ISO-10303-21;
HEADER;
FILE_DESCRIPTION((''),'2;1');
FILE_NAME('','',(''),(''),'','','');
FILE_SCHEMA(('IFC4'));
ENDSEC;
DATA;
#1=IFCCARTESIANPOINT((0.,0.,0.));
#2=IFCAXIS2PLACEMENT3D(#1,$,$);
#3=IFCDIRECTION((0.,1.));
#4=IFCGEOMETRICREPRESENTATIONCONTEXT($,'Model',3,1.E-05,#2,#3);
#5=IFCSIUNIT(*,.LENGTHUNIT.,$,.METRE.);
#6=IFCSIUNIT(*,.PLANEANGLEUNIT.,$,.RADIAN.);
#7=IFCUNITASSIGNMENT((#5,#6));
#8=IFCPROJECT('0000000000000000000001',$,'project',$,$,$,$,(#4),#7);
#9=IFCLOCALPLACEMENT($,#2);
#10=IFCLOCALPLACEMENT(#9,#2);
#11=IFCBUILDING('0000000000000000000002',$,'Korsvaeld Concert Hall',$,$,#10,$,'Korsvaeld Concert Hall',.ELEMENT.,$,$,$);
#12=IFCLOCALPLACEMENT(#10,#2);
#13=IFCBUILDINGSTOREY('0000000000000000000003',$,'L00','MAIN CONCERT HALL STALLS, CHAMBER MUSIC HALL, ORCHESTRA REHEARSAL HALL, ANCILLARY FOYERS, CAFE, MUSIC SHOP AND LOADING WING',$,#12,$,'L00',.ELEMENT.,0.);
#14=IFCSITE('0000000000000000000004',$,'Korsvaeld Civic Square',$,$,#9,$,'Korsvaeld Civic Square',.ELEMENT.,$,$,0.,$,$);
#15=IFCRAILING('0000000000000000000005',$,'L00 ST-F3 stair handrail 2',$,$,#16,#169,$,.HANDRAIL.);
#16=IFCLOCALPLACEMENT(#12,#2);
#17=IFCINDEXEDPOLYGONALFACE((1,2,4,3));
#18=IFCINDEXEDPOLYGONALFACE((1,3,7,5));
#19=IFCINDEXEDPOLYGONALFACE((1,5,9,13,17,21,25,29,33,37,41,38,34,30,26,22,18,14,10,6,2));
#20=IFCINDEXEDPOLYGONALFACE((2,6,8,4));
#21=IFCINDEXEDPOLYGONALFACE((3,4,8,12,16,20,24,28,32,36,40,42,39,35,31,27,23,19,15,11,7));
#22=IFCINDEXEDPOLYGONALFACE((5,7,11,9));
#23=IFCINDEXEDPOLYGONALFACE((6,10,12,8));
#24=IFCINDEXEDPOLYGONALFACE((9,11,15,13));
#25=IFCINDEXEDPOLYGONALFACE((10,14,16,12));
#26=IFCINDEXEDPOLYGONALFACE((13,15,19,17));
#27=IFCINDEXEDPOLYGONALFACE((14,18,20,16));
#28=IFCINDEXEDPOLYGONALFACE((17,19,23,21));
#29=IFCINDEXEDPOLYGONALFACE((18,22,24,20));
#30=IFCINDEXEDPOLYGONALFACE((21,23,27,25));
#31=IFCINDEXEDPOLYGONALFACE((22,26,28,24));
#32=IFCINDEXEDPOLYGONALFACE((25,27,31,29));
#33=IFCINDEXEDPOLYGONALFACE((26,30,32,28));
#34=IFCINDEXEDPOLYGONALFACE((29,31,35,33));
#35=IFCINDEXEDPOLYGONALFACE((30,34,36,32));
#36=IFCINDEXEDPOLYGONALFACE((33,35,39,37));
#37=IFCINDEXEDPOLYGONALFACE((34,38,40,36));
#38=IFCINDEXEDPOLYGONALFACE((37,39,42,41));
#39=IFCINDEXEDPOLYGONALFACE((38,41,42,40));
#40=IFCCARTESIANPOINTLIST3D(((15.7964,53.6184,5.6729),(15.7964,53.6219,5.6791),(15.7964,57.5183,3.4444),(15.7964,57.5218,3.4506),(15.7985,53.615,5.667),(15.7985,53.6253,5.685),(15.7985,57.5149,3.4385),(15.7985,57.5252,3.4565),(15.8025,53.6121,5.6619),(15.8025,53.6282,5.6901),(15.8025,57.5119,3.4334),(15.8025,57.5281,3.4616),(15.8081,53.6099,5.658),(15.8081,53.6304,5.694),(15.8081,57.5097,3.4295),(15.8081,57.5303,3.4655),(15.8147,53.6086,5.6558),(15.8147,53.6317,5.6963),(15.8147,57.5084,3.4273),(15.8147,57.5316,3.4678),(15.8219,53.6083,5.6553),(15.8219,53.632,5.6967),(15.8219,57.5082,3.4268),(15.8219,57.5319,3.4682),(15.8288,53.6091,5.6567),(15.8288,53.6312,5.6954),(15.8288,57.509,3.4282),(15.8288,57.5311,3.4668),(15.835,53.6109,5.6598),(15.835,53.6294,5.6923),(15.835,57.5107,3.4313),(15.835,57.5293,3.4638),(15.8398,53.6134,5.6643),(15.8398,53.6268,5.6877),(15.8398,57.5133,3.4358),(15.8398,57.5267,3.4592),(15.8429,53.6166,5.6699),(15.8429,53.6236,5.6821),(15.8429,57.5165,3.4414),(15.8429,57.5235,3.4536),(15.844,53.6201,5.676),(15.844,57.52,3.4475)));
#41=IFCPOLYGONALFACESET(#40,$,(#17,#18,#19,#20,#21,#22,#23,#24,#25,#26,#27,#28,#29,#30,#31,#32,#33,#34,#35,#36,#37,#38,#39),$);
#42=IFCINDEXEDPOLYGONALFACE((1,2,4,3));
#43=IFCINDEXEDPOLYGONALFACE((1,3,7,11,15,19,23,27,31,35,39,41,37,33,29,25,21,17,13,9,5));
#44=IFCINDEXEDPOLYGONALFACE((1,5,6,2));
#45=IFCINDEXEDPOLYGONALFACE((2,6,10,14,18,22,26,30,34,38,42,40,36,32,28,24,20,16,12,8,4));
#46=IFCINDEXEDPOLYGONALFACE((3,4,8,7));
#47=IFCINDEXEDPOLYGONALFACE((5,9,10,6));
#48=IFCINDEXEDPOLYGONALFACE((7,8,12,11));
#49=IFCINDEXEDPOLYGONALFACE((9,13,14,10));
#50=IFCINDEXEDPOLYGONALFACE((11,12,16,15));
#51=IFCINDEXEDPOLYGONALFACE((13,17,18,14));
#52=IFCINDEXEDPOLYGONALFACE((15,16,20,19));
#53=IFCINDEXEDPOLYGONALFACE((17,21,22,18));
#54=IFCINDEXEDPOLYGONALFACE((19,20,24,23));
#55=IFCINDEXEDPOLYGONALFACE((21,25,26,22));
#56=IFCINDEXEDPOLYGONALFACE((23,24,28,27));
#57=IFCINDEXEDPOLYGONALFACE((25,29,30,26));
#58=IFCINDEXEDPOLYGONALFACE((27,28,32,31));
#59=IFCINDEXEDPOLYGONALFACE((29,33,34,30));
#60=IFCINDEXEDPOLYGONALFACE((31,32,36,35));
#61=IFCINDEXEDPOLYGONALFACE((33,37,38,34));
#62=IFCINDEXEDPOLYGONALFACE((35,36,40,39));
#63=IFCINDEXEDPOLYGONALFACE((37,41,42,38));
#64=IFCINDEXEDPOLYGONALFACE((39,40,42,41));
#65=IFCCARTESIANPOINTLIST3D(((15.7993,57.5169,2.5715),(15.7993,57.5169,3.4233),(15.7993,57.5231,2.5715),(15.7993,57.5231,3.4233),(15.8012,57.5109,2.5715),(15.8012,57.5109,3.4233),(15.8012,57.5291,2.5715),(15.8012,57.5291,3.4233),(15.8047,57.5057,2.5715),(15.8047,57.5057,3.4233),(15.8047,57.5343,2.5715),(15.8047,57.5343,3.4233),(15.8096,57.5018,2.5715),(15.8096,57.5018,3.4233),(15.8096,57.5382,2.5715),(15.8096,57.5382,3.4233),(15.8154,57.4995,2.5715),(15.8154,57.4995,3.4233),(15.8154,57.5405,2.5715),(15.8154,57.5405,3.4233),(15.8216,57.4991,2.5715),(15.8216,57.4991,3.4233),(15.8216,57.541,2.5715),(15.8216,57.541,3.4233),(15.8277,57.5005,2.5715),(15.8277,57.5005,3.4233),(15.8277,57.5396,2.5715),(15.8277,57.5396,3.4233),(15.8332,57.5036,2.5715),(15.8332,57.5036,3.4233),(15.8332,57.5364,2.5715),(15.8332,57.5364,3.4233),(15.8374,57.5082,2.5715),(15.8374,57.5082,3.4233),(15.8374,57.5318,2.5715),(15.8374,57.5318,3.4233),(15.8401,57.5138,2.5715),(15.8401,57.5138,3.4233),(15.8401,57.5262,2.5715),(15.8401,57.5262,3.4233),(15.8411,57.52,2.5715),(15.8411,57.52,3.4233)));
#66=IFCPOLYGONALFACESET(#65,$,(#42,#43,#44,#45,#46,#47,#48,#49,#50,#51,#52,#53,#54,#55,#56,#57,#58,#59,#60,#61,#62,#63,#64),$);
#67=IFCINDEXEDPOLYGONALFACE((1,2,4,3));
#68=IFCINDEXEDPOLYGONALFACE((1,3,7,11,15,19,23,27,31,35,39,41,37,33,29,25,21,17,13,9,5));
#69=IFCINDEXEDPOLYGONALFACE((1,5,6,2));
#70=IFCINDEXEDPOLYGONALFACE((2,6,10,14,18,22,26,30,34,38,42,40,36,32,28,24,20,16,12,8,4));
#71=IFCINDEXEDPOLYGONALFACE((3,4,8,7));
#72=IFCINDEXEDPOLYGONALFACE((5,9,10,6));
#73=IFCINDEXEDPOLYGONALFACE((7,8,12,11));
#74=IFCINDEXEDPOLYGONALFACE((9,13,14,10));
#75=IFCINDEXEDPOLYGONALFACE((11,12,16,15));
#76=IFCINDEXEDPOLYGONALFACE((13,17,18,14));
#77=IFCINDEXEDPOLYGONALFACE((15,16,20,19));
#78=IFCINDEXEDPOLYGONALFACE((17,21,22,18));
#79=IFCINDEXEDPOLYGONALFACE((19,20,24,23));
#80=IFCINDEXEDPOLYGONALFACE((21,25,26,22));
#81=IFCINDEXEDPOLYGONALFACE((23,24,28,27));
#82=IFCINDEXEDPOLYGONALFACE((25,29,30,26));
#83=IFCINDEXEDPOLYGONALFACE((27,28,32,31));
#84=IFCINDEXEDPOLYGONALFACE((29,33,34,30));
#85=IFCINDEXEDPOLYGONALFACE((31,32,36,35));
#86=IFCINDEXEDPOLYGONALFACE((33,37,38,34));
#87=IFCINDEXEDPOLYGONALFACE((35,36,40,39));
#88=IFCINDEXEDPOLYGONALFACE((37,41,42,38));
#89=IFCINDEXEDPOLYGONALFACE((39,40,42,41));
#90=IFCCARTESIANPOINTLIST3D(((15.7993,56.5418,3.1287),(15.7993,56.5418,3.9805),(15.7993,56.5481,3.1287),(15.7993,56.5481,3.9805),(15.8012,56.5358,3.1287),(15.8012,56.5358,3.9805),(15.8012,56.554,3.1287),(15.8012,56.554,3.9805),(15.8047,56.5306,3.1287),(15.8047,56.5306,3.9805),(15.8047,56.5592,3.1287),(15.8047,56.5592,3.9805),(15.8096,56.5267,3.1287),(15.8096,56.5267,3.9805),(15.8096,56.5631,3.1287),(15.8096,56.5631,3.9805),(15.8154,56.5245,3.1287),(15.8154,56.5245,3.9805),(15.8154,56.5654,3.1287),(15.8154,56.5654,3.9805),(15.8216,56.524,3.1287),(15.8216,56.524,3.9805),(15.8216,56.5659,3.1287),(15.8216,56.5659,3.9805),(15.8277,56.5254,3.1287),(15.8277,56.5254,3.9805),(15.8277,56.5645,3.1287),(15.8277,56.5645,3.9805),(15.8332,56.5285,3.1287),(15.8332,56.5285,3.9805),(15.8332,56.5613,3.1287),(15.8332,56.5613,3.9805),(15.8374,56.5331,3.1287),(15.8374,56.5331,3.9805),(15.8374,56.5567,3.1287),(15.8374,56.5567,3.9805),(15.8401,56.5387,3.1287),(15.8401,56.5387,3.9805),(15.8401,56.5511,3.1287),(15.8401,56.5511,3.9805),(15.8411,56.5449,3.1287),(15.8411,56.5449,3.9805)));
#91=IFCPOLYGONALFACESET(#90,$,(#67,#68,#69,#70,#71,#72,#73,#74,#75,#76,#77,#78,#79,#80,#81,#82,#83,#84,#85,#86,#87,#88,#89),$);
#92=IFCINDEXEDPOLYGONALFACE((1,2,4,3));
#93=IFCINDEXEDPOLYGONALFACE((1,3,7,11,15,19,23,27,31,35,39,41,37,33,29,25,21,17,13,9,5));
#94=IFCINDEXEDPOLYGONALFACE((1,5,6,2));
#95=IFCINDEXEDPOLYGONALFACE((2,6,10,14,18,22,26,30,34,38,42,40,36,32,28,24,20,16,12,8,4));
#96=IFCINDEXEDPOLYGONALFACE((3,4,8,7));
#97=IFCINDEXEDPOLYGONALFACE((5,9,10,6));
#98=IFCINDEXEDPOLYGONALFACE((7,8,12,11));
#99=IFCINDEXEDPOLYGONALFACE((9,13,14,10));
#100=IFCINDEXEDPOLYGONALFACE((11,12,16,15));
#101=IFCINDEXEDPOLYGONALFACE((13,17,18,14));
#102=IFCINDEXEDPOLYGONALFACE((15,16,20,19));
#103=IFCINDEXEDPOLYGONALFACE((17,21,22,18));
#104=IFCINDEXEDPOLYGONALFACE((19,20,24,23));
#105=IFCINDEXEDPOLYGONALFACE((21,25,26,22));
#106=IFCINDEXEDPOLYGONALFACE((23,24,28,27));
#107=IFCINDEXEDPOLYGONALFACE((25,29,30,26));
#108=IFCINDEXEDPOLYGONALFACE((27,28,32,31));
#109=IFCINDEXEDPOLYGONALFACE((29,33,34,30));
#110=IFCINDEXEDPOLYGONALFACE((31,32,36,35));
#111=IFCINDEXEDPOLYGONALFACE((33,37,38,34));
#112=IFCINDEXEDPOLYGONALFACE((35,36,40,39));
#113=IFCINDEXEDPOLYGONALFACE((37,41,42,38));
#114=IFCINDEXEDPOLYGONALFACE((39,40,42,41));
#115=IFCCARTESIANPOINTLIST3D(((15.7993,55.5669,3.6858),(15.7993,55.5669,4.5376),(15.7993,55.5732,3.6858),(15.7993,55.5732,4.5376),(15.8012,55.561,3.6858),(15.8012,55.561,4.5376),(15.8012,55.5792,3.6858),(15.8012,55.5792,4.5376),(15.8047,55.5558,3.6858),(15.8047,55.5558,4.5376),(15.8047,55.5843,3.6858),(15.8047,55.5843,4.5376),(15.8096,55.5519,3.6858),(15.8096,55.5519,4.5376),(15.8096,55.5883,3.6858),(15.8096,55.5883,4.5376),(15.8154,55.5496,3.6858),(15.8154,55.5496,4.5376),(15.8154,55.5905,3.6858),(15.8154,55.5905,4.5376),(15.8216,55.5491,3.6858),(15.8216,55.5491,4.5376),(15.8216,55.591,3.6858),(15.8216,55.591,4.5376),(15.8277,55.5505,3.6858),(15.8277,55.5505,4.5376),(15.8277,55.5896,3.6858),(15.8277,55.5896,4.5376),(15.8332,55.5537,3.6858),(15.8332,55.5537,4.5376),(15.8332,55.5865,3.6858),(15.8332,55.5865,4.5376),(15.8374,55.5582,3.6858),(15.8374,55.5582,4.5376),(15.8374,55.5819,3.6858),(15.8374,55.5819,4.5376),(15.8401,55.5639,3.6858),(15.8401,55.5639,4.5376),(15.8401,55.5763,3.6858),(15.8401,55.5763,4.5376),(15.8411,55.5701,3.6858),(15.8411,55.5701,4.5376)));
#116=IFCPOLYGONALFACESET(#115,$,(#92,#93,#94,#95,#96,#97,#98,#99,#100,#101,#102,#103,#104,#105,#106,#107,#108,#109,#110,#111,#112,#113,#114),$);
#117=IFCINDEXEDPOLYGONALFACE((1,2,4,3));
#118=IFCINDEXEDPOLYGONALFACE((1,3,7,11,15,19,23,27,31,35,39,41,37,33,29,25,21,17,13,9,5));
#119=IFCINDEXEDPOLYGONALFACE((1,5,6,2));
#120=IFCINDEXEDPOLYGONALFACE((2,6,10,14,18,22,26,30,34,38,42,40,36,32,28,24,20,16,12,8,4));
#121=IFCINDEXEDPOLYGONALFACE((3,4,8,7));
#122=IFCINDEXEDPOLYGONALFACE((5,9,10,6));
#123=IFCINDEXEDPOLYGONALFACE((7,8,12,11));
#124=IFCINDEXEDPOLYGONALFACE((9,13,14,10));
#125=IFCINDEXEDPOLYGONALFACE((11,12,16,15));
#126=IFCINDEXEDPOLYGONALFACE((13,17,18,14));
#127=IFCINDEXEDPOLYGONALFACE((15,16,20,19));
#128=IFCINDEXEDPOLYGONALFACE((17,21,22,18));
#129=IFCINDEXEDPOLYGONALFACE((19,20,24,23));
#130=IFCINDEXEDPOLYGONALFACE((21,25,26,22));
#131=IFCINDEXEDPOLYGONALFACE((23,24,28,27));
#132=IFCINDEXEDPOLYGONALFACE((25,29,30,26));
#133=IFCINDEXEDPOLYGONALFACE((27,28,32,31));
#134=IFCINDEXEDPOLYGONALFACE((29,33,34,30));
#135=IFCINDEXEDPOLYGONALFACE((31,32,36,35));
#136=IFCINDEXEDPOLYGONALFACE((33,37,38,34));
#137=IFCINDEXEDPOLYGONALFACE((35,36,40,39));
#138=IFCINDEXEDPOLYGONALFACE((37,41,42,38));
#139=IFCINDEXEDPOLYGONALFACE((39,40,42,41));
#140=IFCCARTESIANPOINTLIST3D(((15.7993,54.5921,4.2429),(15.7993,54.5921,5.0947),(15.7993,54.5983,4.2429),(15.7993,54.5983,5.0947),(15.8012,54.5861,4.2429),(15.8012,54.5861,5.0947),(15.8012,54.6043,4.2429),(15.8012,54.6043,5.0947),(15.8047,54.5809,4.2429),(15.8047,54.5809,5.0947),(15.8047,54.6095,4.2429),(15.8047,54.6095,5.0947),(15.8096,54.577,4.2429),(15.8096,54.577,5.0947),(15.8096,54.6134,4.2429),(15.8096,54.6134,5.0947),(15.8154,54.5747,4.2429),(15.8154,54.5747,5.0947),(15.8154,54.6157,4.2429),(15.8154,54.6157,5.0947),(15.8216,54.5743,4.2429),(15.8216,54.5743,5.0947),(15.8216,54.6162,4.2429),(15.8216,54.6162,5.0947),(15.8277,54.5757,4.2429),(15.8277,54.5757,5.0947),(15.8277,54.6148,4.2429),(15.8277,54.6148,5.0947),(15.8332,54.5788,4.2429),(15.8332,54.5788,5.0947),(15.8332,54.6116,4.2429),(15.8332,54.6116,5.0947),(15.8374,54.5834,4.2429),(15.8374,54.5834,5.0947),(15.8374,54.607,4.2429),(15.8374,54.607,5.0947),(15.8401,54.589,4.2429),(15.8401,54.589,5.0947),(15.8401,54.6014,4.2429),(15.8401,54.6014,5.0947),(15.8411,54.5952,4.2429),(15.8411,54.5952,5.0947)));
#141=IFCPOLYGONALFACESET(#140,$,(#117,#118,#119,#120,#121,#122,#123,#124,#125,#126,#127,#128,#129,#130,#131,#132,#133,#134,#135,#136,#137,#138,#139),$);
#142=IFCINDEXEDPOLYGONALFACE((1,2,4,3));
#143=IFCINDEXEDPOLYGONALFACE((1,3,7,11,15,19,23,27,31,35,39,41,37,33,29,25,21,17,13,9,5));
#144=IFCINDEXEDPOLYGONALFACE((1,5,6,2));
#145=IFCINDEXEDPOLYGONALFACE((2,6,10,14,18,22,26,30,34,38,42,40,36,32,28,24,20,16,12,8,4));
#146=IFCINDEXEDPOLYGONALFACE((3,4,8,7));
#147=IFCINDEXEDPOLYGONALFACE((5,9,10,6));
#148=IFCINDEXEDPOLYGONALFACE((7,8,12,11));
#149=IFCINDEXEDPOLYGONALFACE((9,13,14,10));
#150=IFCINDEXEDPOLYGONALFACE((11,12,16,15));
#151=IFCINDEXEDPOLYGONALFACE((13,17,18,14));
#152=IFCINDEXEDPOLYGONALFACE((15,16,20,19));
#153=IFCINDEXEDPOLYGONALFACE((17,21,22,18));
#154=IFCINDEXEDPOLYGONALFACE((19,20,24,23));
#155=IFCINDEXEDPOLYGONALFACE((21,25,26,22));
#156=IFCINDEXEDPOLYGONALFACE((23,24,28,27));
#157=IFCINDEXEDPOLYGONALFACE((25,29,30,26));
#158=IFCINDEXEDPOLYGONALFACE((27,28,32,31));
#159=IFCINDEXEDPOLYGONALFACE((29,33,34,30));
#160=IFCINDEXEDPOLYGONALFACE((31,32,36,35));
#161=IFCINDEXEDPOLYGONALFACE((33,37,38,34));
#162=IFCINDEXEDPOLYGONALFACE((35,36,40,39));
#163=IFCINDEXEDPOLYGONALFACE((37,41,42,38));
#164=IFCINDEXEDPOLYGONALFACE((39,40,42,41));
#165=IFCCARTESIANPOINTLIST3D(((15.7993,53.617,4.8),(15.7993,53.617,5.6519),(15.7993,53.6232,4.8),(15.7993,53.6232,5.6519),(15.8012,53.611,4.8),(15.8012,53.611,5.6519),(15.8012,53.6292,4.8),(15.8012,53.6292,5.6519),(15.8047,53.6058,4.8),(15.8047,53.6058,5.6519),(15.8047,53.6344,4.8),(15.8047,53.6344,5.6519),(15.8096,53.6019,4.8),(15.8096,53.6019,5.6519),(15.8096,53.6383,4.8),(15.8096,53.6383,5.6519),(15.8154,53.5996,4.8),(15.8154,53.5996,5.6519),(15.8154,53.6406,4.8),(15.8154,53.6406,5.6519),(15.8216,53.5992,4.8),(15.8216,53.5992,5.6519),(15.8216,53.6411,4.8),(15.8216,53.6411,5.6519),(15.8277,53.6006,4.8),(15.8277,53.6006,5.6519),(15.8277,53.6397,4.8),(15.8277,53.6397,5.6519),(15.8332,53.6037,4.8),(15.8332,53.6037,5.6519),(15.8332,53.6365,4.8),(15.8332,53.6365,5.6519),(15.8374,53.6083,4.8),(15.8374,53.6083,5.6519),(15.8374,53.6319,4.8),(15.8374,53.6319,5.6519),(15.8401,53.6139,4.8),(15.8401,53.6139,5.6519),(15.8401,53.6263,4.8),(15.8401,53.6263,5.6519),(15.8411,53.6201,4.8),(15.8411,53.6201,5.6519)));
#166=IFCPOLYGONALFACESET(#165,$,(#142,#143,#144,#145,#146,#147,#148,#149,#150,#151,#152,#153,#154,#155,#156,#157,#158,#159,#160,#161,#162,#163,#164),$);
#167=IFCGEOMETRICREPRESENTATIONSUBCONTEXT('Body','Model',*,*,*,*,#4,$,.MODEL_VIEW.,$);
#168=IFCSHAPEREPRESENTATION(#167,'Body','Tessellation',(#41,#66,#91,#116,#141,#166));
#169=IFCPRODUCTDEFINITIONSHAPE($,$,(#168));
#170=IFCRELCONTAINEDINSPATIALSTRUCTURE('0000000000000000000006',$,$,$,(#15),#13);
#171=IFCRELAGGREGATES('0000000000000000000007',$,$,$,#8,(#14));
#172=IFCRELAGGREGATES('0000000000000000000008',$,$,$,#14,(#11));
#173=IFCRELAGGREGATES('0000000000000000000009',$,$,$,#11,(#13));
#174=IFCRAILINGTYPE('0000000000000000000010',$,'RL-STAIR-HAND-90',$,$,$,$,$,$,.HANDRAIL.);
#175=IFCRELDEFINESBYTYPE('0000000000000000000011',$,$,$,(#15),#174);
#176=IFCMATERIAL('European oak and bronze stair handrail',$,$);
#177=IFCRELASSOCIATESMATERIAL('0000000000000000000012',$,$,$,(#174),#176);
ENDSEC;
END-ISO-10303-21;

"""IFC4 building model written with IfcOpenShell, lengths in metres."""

from ifc_helpers import new_model, si_unit, direction, frame, origin, origin_2d, place, context, subcontext, project, spatial, circle, extrude, material, type_object, element, save


model = new_model("IFC4")

# Units and contexts
model_context = context("Model", 3, precision=1e-05, world=origin(), true_north=direction((0.0, 1.0)))
body_context = subcontext(model_context, "Body", "Model", "MODEL_VIEW")
ifc_project = project(units=[si_unit("LENGTHUNIT", "METRE"), si_unit("PLANEANGLEUNIT", "RADIAN")], contexts=[model_context])

# Site, building, storey
site_placement = place(None, origin())
site = spatial("IfcSite", under=ifc_project, at=site_placement, Name="Korsvaeld Civic Square", LongName="Korsvaeld Civic Square", CompositionType="ELEMENT", RefElevation=0.0)
building_placement = place(site_placement, origin())
building = spatial("IfcBuilding", under=site, at=building_placement, Name="Korsvaeld Concert Hall", LongName="Korsvaeld Concert Hall", CompositionType="ELEMENT")
storey_placement = place(building_placement, origin())
storey = spatial("IfcBuildingStorey", under=building, at=storey_placement, Name="L00", Description="MAIN CONCERT HALL STALLS, CHAMBER MUSIC HALL, ORCHESTRA REHEARSAL HALL, ANCILLARY FOYERS, CAFE, MUSIC SHOP AND LOADING WING", LongName="L00", CompositionType="ELEMENT", Elevation=0.0)

# Railing
ifc_material_1 = material(Name="European oak and bronze stair handrail")
railing_type_1 = type_object("IfcRailingType", Name="RL-STAIR-HAND-90", PredefinedType="HANDRAIL", material=ifc_material_1)
railing_1_placement = place(storey_placement, frame((15.8201, 57.52, 2.5715)))
element("IfcRailing", 1, at=railing_1_placement, inside=storey, type_object=railing_type_1, Name="L00 ST-F3 stair handrail 2", PredefinedType="HANDRAIL", context=body_context, shape_type="SweptSolid", body=[
    extrude(circle(Radius=0.0239, at=origin_2d()), frame((0.0, 0.0, 0.876), z_axis=(0.0, -0.868243, 0.496139), x_axis=(1.0, 0.0, 0.0)), (0.0, 0.0, 1.0), 4.4917),
    extrude(circle(Radius=0.021, at=origin_2d()), origin(), (0.0, 0.0, 1.0), 0.8518),
    extrude(circle(Radius=0.021, at=origin_2d()), frame((0.0, -0.9751, 0.5571)), (0.0, 0.0, 1.0), 0.8518),
    extrude(circle(Radius=0.021, at=origin_2d()), frame((0.0, -1.95, 1.1143)), (0.0, 0.0, 1.0), 0.8518),
    extrude(circle(Radius=0.021, at=origin_2d()), frame((0.0, -2.9248, 1.6714)), (0.0, 0.0, 1.0), 0.8518),
    extrude(circle(Radius=0.021, at=origin_2d()), frame((0.0, -3.8999, 2.2285)), (0.0, 0.0, 1.0), 0.8518),
])

save(model, "model.ifc")
